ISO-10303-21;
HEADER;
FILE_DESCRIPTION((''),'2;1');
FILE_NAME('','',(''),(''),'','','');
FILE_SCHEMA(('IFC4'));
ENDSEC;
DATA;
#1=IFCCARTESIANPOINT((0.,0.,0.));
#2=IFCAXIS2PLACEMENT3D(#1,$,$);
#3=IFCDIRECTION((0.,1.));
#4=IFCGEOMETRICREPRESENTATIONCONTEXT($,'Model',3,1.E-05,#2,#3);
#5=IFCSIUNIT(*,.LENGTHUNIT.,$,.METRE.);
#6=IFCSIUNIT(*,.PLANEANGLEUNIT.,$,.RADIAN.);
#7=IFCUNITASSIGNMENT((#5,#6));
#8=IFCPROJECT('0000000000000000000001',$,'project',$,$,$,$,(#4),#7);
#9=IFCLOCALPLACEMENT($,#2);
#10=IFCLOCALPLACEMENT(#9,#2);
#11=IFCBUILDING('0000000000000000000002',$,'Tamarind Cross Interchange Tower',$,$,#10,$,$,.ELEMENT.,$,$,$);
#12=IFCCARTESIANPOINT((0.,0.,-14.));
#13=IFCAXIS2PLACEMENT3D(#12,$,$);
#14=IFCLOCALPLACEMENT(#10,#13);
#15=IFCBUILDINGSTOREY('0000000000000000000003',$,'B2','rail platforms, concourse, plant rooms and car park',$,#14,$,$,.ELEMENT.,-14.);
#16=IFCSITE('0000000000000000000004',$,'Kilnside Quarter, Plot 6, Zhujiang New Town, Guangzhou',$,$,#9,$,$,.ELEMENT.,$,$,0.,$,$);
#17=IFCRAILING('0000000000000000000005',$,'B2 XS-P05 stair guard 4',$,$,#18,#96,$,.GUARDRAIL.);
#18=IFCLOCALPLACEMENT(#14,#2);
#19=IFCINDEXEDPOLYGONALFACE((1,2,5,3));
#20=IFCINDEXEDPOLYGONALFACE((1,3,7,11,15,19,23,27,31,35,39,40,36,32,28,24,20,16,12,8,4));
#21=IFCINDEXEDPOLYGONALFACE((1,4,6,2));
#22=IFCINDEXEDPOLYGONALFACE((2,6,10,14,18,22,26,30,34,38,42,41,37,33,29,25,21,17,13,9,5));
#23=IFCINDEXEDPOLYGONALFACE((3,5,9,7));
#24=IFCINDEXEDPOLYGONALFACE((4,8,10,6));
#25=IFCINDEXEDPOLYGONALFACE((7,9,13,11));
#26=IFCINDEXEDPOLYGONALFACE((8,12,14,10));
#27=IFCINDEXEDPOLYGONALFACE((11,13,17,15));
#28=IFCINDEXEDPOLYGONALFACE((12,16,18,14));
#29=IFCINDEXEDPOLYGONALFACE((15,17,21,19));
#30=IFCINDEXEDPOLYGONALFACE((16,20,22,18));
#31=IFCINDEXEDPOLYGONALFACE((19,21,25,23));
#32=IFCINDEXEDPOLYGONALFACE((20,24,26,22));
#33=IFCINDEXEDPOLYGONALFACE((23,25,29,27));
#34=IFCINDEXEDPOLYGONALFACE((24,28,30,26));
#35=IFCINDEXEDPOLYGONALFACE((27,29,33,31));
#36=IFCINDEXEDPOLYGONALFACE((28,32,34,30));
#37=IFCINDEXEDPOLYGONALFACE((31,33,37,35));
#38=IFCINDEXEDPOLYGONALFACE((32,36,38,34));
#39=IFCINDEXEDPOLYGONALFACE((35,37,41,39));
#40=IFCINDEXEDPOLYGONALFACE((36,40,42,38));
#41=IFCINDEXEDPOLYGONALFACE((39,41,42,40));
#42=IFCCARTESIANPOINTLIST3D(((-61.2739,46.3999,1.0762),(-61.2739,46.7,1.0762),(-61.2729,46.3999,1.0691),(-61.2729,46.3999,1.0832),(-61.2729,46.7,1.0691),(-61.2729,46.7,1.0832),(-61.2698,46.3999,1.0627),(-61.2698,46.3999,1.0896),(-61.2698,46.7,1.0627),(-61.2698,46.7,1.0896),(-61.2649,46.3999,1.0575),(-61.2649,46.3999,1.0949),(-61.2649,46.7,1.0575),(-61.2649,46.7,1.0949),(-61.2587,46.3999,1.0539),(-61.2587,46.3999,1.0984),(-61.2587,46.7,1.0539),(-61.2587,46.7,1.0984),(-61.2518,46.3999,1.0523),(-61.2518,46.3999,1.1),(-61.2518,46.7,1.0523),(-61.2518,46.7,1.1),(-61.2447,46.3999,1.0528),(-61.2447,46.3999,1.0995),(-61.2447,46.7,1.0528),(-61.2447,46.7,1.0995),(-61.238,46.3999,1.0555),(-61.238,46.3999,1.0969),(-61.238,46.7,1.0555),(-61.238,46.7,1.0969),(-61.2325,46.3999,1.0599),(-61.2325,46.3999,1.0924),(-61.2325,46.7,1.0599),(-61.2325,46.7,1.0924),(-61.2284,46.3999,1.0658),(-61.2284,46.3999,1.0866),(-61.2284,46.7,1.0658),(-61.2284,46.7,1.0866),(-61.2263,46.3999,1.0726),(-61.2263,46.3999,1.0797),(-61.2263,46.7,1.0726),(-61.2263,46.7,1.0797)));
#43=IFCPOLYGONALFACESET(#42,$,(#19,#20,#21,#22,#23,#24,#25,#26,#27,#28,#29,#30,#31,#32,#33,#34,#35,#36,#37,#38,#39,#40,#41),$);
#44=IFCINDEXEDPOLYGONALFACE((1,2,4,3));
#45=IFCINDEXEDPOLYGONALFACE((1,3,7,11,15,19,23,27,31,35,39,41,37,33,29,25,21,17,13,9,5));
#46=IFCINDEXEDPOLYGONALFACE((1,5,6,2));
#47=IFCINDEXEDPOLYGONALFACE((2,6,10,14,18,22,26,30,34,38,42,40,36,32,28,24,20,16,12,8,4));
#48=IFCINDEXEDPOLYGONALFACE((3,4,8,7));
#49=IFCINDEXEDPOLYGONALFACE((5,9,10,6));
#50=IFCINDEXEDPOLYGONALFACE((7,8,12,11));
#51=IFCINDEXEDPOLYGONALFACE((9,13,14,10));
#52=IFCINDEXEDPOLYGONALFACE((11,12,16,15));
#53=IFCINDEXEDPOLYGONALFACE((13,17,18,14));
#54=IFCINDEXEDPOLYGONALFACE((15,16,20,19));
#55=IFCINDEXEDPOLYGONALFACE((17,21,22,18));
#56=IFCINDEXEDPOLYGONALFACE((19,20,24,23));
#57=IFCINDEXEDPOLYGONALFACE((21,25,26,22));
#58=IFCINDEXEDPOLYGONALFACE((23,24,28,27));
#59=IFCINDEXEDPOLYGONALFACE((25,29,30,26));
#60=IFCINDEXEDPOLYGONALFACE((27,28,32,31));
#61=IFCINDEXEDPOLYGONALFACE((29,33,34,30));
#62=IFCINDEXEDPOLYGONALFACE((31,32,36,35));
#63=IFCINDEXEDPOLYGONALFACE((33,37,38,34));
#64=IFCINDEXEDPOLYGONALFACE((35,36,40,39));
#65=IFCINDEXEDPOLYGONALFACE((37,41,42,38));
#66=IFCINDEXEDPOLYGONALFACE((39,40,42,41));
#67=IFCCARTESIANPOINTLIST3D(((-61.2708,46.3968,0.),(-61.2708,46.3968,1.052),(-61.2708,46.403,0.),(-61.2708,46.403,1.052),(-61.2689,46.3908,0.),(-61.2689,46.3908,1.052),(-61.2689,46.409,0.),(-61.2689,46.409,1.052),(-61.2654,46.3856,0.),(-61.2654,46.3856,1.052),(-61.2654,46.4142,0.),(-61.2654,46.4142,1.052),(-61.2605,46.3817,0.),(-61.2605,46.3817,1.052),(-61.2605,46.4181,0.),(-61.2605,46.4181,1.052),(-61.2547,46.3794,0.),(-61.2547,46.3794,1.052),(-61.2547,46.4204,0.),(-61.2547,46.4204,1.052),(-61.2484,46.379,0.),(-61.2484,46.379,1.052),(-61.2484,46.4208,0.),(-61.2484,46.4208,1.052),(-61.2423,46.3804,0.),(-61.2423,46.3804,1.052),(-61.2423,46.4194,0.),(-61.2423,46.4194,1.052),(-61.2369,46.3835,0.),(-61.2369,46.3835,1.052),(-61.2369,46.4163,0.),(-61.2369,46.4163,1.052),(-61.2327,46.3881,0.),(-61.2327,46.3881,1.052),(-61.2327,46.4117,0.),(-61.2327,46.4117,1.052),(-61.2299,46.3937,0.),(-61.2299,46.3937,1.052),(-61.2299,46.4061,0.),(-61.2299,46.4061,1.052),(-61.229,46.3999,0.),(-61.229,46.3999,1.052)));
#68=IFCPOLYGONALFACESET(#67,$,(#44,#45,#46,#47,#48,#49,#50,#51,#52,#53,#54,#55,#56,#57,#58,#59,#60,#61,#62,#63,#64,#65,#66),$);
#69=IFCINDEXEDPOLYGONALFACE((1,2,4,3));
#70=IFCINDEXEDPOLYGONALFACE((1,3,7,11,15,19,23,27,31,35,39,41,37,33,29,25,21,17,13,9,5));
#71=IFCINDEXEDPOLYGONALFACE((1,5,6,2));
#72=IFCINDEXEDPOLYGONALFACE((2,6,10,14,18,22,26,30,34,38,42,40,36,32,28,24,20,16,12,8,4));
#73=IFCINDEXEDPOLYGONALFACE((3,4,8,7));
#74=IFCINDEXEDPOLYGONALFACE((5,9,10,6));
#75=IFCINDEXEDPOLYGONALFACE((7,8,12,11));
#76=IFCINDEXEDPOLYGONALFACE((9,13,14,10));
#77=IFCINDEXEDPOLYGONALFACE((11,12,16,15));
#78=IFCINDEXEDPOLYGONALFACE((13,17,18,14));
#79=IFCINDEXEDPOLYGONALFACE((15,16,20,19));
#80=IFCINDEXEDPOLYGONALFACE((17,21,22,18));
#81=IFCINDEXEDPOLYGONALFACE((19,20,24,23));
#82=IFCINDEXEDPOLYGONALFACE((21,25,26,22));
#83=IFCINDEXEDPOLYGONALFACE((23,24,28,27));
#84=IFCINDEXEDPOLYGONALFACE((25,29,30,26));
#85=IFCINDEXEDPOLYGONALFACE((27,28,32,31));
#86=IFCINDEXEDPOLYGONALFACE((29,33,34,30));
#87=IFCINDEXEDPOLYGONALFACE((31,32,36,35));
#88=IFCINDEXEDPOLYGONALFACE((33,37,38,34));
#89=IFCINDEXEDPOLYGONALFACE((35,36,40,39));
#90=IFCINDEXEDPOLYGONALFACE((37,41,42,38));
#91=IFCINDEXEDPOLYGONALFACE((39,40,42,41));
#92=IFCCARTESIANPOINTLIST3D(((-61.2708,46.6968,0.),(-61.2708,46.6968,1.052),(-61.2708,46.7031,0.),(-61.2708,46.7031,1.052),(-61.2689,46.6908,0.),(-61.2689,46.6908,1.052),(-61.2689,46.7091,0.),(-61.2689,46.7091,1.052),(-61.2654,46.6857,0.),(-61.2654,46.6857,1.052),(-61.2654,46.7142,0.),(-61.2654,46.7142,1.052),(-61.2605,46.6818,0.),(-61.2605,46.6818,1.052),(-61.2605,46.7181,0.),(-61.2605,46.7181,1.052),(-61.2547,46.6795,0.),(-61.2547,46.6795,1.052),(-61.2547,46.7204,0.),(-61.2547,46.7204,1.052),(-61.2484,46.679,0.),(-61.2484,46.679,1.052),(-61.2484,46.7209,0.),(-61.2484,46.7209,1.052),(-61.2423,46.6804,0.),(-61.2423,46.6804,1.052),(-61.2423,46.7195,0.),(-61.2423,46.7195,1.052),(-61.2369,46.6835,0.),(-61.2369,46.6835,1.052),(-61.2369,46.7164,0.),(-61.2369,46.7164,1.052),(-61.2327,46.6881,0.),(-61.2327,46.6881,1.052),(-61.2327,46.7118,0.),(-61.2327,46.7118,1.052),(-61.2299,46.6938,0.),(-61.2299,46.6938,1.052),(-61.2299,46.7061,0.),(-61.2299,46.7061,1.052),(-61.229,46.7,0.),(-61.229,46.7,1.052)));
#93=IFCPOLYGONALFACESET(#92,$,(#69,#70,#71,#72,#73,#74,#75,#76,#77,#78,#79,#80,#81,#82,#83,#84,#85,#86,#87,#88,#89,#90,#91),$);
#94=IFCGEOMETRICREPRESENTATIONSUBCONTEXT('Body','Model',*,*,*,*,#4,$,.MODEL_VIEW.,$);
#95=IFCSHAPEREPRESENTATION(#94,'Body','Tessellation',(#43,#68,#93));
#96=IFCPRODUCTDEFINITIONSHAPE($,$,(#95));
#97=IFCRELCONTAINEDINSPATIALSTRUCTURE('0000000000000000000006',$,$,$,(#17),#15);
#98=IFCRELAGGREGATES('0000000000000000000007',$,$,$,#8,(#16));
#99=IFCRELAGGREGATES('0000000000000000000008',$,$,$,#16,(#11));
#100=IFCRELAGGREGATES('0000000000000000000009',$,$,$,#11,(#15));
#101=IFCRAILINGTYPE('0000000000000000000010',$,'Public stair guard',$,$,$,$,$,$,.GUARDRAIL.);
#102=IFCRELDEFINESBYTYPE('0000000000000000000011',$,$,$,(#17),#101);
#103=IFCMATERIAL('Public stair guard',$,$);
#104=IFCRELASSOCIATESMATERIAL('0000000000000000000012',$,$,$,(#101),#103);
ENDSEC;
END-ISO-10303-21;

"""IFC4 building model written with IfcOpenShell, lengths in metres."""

from ifc_helpers import new_model, si_unit, direction, frame, origin, origin_2d, place, context, subcontext, project, spatial, circle, extrude, material, type_object, element, save


model = new_model("IFC4")

# Units and contexts
model_context = context("Model", 3, precision=1e-05, world=origin(), true_north=direction((0.0, 1.0)))
body_context = subcontext(model_context, "Body", "Model", "MODEL_VIEW")
ifc_project = project(units=[si_unit("LENGTHUNIT", "METRE"), si_unit("PLANEANGLEUNIT", "RADIAN")], contexts=[model_context])

# Site, building, storey
site_placement = place(None, origin())
site = spatial("IfcSite", under=ifc_project, at=site_placement, Name="Kilnside Quarter, Plot 6, Zhujiang New Town, Guangzhou", CompositionType="ELEMENT", RefElevation=0.0)
building_placement = place(site_placement, origin())
building = spatial("IfcBuilding", under=site, at=building_placement, Name="Tamarind Cross Interchange Tower", CompositionType="ELEMENT")
storey_placement = place(building_placement, frame((0.0, 0.0, -14.0)))
storey = spatial("IfcBuildingStorey", under=building, at=storey_placement, Name="B2", Description="rail platforms, concourse, plant rooms and car park", CompositionType="ELEMENT", Elevation=-14.0)

# Railing
ifc_material_1 = material(Name="Public stair guard")
railing_type_1 = type_object("IfcRailingType", Name="Public stair guard", PredefinedType="GUARDRAIL", material=ifc_material_1)
railing_1_placement = place(storey_placement, frame((-61.25, 46.3999, 0.0)))
element("IfcRailing", 1, at=railing_1_placement, inside=storey, type_object=railing_type_1, Name="B2 XS-P05 stair guard 4", PredefinedType="GUARDRAIL", context=body_context, shape_type="SweptSolid", body=[
    extrude(circle(Radius=0.0239, at=origin_2d()), frame((0.0, 0.0, 1.0762), z_axis=(0.0, 1.0, 0.0), x_axis=(-1.0, 0.0, 0.0)), (0.0, 0.0, 1.0), 0.3),
    extrude(circle(Radius=0.021, at=origin_2d()), origin(), (0.0, 0.0, 1.0), 1.052),
    extrude(circle(Radius=0.021, at=origin_2d()), frame((0.0, 0.3, 0.0)), (0.0, 0.0, 1.0), 1.052),
])

save(model, "model.ifc")
